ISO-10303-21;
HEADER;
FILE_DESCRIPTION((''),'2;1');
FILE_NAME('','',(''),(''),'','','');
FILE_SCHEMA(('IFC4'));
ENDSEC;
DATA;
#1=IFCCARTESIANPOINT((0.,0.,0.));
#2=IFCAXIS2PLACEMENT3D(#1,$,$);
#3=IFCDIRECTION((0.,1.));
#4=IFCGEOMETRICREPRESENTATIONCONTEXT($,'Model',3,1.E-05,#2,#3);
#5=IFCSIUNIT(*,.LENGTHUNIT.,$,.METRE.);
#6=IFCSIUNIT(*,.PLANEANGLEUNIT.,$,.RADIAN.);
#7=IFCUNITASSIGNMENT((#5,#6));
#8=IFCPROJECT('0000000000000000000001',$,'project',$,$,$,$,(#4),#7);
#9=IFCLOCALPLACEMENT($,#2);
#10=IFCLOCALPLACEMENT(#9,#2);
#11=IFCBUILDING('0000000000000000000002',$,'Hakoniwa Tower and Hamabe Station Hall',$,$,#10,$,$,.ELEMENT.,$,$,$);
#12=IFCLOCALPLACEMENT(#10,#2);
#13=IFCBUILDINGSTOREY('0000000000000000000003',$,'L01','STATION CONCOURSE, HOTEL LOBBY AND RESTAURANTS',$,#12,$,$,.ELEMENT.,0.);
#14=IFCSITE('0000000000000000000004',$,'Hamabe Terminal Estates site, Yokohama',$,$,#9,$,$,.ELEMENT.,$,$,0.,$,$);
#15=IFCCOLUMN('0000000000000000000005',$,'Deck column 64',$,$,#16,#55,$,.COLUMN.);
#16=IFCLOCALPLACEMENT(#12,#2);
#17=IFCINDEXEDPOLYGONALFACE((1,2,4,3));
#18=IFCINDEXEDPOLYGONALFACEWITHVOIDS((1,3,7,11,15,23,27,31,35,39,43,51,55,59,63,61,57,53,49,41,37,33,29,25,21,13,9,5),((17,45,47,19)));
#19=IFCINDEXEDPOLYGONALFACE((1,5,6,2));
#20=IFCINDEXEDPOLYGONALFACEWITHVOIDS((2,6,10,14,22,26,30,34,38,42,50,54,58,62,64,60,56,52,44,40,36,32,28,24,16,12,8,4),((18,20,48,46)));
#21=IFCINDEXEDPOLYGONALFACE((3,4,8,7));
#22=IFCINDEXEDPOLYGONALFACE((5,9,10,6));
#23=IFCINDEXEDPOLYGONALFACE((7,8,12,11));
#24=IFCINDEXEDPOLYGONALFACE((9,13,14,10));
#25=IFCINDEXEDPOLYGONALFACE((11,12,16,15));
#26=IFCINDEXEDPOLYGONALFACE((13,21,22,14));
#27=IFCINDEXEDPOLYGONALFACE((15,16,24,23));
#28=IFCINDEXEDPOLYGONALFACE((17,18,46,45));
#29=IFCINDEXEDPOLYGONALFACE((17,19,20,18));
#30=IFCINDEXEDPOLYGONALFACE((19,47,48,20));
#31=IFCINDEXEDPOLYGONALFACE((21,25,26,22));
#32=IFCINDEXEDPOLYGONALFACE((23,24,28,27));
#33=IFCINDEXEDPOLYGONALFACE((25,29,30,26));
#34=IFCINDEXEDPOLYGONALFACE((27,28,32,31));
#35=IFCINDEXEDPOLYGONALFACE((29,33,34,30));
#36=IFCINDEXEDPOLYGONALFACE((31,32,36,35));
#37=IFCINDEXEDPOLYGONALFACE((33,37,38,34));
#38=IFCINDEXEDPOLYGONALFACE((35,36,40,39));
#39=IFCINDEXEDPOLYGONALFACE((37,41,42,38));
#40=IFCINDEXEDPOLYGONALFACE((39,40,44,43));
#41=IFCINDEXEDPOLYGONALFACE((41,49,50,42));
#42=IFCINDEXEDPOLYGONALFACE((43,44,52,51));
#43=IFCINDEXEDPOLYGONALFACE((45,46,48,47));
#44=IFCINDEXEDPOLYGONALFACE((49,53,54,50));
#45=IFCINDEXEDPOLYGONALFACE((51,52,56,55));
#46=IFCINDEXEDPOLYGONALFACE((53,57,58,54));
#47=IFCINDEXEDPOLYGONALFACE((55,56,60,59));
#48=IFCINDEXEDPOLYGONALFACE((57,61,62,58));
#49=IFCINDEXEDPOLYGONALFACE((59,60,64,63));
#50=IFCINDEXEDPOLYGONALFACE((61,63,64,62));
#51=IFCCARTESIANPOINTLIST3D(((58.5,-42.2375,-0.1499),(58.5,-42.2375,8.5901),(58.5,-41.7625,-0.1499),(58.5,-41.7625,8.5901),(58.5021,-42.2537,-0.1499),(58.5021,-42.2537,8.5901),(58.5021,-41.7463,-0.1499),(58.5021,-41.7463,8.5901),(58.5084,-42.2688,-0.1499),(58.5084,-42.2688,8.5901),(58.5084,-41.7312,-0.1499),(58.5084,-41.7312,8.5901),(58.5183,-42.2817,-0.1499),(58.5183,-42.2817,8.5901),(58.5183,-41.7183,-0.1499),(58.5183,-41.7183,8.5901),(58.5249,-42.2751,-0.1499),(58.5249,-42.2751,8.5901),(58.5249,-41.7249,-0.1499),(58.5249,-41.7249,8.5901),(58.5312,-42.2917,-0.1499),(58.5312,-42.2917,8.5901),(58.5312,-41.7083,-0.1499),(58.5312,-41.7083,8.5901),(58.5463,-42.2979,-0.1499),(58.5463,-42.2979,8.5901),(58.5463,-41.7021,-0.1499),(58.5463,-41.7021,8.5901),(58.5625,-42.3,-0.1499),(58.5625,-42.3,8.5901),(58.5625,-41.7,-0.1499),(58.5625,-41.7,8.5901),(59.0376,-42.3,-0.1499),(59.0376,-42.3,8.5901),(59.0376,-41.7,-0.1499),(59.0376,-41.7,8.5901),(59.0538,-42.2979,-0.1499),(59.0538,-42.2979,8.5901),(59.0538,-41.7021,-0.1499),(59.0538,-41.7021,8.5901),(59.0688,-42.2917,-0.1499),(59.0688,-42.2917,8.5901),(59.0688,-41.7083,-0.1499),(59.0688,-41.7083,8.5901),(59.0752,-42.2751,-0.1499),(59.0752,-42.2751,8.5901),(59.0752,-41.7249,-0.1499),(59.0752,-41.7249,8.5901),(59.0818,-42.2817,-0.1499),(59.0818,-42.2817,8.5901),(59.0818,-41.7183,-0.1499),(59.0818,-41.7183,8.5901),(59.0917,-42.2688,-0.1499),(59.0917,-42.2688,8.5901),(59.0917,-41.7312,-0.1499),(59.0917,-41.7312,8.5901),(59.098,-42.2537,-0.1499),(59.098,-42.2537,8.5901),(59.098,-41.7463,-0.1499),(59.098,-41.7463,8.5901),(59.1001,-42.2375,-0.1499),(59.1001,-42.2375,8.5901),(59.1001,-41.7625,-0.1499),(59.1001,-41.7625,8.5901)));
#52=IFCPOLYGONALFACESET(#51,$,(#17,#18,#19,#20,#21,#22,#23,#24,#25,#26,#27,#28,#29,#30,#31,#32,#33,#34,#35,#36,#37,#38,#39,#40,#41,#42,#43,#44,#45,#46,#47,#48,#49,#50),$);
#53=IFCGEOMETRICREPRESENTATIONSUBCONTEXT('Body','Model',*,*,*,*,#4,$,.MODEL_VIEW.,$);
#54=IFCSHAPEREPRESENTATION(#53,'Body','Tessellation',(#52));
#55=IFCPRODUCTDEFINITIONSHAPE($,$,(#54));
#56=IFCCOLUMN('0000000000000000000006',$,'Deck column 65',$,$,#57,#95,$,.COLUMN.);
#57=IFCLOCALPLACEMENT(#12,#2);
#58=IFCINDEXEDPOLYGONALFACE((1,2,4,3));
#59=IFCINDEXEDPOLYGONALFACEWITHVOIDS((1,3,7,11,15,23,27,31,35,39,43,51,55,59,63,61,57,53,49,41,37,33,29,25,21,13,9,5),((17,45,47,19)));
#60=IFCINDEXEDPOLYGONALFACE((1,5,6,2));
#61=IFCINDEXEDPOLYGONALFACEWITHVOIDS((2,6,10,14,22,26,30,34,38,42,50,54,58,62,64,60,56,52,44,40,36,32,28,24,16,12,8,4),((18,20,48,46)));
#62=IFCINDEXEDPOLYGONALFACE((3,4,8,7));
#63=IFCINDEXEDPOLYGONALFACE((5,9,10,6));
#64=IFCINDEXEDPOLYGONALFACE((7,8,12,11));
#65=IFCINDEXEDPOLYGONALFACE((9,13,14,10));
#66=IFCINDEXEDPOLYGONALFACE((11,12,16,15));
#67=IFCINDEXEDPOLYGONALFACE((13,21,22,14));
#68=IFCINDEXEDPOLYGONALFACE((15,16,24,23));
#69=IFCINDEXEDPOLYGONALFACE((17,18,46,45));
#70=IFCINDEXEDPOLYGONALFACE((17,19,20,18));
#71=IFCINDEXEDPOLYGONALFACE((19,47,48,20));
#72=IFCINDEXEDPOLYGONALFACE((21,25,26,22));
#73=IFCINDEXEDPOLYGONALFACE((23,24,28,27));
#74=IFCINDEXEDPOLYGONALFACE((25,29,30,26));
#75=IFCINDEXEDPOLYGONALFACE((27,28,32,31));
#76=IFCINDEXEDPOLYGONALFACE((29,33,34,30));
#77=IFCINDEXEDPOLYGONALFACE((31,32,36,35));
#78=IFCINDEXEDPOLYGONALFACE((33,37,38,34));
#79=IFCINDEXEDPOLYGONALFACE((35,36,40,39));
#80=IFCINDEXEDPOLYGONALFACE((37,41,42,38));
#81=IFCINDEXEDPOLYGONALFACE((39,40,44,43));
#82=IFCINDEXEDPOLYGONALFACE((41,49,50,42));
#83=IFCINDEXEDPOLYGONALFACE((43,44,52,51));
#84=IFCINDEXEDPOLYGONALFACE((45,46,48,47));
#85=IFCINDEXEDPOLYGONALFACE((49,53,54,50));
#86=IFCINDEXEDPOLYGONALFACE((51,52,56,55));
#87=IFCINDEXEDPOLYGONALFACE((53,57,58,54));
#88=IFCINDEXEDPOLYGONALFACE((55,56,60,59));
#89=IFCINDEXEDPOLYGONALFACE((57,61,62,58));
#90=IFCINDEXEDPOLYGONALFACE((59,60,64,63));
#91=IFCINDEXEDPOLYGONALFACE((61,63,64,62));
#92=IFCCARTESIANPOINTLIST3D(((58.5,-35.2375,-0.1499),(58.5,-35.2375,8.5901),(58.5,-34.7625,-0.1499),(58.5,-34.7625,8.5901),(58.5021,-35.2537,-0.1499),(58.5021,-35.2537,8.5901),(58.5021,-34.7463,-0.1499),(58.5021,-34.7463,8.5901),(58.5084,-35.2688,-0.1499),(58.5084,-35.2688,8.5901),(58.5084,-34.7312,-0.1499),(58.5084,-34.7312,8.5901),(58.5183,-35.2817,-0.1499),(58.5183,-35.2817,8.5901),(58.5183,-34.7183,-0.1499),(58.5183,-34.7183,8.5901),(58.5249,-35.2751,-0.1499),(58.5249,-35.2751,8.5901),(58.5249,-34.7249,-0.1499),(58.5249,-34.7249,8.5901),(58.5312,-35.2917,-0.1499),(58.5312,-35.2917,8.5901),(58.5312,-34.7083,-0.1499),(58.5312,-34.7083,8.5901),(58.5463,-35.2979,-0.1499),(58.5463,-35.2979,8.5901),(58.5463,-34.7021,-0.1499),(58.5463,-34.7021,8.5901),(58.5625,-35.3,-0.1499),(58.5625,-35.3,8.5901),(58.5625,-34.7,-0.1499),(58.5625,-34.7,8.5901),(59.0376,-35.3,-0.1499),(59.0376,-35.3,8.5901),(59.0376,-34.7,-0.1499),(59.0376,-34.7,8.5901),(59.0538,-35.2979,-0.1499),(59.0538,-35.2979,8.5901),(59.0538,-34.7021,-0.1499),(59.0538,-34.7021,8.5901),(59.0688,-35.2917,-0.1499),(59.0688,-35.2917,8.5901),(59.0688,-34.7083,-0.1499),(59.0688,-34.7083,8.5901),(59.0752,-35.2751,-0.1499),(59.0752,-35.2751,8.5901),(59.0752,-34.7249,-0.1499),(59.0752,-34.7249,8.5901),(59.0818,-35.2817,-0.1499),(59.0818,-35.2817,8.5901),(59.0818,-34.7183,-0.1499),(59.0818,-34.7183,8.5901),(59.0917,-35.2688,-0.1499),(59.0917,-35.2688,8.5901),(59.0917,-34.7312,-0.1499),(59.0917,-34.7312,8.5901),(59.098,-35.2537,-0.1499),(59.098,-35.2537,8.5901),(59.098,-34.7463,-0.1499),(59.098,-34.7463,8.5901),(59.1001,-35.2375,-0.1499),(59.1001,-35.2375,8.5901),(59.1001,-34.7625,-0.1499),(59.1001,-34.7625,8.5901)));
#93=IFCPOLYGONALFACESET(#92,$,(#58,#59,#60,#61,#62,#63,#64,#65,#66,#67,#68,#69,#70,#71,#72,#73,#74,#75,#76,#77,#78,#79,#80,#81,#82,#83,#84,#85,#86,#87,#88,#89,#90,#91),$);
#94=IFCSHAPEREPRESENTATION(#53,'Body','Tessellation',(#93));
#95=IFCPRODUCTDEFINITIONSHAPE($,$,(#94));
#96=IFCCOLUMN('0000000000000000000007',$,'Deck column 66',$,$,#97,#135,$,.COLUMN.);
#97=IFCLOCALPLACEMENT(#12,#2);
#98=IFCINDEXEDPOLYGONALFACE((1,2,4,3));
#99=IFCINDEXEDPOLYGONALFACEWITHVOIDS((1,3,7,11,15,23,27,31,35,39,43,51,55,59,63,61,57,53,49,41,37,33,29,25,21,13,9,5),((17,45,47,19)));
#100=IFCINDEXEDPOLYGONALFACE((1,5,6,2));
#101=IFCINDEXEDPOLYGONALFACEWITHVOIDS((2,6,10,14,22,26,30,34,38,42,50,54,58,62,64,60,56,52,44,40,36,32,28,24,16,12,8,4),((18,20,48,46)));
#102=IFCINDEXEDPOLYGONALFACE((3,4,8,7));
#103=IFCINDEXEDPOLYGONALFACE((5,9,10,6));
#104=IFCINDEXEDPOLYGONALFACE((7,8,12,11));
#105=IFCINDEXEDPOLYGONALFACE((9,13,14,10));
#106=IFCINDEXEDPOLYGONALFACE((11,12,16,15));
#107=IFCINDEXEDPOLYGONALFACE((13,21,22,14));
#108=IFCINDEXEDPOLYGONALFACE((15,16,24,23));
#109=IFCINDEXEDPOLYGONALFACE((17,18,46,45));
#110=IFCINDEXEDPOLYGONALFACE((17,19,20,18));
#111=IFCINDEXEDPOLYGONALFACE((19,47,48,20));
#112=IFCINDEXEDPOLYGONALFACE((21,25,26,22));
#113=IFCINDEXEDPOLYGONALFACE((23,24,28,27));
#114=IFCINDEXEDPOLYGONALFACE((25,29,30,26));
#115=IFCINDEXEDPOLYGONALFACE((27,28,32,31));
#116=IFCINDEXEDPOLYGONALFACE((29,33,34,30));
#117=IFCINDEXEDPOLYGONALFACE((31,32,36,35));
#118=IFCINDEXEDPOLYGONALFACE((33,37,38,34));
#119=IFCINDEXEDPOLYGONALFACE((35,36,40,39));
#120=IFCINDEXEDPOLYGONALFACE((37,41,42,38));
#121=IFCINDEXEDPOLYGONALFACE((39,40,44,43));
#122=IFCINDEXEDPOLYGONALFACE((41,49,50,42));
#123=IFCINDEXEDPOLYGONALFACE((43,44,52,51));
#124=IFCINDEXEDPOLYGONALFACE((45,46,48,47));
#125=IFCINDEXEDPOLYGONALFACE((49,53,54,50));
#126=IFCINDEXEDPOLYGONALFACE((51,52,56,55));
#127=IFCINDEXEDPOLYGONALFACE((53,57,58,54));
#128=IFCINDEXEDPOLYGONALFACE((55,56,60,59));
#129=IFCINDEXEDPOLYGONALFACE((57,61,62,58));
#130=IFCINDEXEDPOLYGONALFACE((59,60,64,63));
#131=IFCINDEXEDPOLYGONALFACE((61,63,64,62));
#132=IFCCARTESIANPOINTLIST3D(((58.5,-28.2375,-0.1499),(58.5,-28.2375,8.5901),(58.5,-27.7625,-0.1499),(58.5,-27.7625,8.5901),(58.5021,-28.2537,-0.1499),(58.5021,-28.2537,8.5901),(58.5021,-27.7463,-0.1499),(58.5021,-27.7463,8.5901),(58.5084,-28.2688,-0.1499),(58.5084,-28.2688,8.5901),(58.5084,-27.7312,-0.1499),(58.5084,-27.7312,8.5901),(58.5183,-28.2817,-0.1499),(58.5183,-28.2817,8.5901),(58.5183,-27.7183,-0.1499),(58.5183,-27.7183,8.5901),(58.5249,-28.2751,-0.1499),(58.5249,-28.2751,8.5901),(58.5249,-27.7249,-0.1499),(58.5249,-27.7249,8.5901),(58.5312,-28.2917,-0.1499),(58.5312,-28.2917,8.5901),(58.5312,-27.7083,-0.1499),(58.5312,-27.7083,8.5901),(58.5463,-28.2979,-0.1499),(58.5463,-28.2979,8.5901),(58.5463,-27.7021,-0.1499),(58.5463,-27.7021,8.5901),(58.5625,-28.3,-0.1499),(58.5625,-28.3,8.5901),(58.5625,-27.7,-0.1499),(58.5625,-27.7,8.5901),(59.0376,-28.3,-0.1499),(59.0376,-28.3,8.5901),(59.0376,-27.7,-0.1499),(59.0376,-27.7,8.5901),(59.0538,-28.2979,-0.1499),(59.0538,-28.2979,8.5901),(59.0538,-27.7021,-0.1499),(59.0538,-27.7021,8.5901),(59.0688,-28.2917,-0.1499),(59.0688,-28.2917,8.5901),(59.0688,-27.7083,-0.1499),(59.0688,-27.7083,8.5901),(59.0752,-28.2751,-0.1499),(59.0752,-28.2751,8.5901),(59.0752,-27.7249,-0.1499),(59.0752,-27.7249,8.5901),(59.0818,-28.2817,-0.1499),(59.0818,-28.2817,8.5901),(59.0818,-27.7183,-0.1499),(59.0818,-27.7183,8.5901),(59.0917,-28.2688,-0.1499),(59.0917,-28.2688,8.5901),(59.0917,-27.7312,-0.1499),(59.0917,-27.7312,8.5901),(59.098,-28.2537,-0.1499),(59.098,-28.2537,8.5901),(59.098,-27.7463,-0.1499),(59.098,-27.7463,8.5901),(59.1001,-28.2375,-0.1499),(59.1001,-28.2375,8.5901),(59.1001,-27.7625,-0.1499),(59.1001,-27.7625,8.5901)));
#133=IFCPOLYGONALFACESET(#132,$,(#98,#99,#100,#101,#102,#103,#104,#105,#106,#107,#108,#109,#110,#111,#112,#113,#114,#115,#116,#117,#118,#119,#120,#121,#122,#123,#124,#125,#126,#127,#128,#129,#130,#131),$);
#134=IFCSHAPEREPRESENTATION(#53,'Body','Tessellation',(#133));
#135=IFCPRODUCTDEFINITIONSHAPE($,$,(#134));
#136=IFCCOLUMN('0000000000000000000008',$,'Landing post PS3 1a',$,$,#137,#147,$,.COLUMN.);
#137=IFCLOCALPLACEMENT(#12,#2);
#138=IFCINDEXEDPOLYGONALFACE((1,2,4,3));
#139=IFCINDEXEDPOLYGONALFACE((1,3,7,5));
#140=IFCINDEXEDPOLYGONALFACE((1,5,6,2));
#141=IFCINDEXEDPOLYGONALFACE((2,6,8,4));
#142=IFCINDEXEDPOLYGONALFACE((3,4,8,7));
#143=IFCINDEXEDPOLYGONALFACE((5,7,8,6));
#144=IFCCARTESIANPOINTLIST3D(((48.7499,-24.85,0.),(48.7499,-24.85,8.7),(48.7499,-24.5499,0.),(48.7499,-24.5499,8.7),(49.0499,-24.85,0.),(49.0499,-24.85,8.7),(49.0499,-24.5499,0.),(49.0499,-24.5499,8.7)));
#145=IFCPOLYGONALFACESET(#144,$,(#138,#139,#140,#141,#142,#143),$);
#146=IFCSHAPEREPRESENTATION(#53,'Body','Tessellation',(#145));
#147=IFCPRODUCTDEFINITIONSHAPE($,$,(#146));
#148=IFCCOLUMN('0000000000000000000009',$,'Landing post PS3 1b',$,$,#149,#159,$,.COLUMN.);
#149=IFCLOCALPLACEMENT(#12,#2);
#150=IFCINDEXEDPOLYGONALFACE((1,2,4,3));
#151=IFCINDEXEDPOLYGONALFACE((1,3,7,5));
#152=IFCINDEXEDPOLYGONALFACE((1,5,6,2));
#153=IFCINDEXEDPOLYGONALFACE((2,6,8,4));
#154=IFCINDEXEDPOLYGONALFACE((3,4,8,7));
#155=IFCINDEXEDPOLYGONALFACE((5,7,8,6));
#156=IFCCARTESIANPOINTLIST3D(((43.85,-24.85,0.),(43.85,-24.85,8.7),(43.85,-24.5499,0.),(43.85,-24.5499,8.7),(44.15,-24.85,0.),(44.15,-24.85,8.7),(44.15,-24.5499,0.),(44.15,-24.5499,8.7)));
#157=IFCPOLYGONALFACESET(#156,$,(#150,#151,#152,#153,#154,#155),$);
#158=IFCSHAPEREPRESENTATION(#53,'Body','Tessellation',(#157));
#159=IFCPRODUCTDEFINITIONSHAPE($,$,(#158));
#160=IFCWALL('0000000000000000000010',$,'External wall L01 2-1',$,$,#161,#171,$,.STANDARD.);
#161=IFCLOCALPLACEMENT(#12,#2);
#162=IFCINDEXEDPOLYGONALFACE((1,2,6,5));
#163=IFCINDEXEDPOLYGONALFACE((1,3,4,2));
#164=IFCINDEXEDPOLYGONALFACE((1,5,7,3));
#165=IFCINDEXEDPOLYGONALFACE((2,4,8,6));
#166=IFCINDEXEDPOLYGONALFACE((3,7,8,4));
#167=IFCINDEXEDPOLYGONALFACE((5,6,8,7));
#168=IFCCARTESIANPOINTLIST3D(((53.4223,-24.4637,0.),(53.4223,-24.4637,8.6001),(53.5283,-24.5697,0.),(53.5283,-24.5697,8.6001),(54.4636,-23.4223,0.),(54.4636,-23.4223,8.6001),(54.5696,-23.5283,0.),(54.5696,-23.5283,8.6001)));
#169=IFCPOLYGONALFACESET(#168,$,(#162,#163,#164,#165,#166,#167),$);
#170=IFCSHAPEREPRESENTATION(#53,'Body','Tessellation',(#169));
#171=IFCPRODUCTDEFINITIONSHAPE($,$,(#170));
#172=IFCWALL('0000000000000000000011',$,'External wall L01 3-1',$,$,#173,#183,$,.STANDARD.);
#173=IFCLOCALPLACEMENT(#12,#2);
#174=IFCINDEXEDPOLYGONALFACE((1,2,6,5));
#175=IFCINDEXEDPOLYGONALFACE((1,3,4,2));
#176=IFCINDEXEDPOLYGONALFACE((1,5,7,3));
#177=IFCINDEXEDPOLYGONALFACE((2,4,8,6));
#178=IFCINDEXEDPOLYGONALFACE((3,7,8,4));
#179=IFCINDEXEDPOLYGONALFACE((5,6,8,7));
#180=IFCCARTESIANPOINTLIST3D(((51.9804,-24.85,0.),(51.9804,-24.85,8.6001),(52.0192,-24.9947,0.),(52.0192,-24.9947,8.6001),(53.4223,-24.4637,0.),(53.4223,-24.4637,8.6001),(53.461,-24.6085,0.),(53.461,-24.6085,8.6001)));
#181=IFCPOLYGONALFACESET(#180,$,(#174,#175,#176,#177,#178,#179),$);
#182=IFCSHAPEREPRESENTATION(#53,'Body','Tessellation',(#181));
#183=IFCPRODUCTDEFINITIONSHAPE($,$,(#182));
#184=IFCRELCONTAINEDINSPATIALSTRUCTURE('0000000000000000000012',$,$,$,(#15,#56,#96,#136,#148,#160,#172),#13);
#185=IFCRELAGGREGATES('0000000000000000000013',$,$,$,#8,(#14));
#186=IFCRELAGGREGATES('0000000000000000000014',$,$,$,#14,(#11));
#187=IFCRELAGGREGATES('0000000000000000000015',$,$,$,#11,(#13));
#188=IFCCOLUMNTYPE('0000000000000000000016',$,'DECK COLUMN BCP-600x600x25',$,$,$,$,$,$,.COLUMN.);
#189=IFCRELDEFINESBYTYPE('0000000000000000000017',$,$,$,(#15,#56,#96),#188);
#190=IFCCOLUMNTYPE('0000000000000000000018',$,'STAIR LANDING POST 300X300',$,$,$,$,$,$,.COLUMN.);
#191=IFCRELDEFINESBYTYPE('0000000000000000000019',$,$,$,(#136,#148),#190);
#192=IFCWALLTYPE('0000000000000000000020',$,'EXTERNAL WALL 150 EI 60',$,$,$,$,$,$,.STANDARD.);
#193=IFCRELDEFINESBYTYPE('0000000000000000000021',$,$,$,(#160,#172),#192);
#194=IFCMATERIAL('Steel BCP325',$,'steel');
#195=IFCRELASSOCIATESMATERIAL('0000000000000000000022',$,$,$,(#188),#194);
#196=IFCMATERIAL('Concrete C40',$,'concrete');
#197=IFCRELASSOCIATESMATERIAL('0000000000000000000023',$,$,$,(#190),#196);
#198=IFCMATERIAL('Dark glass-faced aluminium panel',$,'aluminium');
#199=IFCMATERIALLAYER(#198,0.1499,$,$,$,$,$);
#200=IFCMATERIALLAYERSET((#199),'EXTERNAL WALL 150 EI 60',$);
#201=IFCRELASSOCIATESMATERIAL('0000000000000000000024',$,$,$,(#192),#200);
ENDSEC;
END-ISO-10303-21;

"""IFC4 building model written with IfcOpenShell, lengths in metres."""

from ifc_helpers import new_model, si_unit, direction, frame, frame_2d, origin, origin_2d, place, context, subcontext, project, spatial, rectangle, hollow_rectangle, extrude, material, layer, layer_set, material_profile, profile_set, type_object, element, save


model = new_model("IFC4")

# Units and contexts
model_context = context("Model", 3, precision=1e-05, world=origin(), true_north=direction((0.0, 1.0)))
body_context = subcontext(model_context, "Body", "Model", "MODEL_VIEW")
ifc_project = project(units=[si_unit("LENGTHUNIT", "METRE"), si_unit("PLANEANGLEUNIT", "RADIAN")], contexts=[model_context])

# Site, building, storey
site_placement = place(None, origin())
site = spatial("IfcSite", under=ifc_project, at=site_placement, Name="Hamabe Terminal Estates site, Yokohama", CompositionType="ELEMENT", RefElevation=0.0)
building_placement = place(site_placement, origin())
building = spatial("IfcBuilding", under=site, at=building_placement, Name="Hakoniwa Tower and Hamabe Station Hall", CompositionType="ELEMENT")
storey_placement = place(building_placement, origin())
storey = spatial("IfcBuildingStorey", under=building, at=storey_placement, Name="L01", Description="STATION CONCOURSE, HOTEL LOBBY AND RESTAURANTS", CompositionType="ELEMENT", Elevation=0.0)

# Columns
ifc_material_1 = material(Name="Steel BCP325", Category="steel")
ifc_material_profile_1 = material_profile(ifc_material_1, hollow_rectangle(XDim=0.6001, YDim=0.6001, WallThickness=0.0249, OuterFilletRadius=0.0625, at=origin_2d()), Name="DECK COLUMN BCP-600x600x25")
ifc_profile_set_1 = profile_set([ifc_material_profile_1], Name="Steel BCP325")
column_type_1 = type_object("IfcColumnType", Name="DECK COLUMN BCP-600x600x25", PredefinedType="COLUMN", material=ifc_profile_set_1)
for number, where, z_axis, x_axis, name in (
    (1, (58.8, -42.0, -0.1499), (0.0, 0.0, 1.0), (1.0, 0.0, 0.0), "Deck column 64"),
    (2, (58.8, -35.0, -0.1499), (0.0, 0.0, 1.0), (1.0, 0.0, 0.0), "Deck column 65"),
    (3, (58.8, -28.0, -0.1499), (0.0, 0.0, 1.0), (1.0, 0.0, 0.0), "Deck column 66"),
):
    element("IfcColumn", number, at=place(storey_placement, frame(where, z_axis=z_axis, x_axis=x_axis)), inside=storey, type_object=column_type_1, Name=name, PredefinedType="COLUMN", context=body_context, shape_type="SweptSolid", body=[
        extrude(hollow_rectangle(XDim=0.6001, YDim=0.6001, WallThickness=0.0249, OuterFilletRadius=0.0625, at=origin_2d()), origin(), (0.0, 0.0, 1.0), 8.74),
    ])
ifc_material_2 = material(Name="Concrete C40", Category="concrete")
ifc_material_profile_2 = material_profile(ifc_material_2, rectangle(XDim=0.3, YDim=0.3, at=origin_2d()), Name="STAIR LANDING POST 300X300")
ifc_profile_set_2 = profile_set([ifc_material_profile_2], Name="Concrete C40")
column_type_2 = type_object("IfcColumnType", Name="STAIR LANDING POST 300X300", PredefinedType="COLUMN", material=ifc_profile_set_2)
for number, where, z_axis, x_axis, name in (
    (4, (48.8999, -24.7, 0.0), (0.0, 0.0, 1.0), (1.0, 0.0, 0.0), "Landing post PS3 1a"),
    (5, (44.0, -24.7, 0.0), (0.0, 0.0, 1.0), (1.0, 0.0, 0.0), "Landing post PS3 1b"),
):
    element("IfcColumn", number, at=place(storey_placement, frame(where, z_axis=z_axis, x_axis=x_axis)), inside=storey, type_object=column_type_2, Name=name, PredefinedType="COLUMN", context=body_context, shape_type="SweptSolid", body=[
        extrude(rectangle(XDim=0.3, YDim=0.3, at=origin_2d()), origin(), (0.0, 0.0, 1.0), 8.7),
    ])

# Walls
ifc_material_3 = material(Name="Dark glass-faced aluminium panel", Category="aluminium")
ifc_layer_1 = layer(ifc_material_3, 0.1499)
ifc_layer_set_1 = layer_set([ifc_layer_1], Name="EXTERNAL WALL 150 EI 60")
wall_type_1 = type_object("IfcWallType", Name="EXTERNAL WALL 150 EI 60", PredefinedType="STANDARD", material=ifc_layer_set_1)
wall_1_placement = place(storey_placement, frame((54.5166, -23.4753, 0.0), z_axis=(0.0, 0.0, 1.0), x_axis=(-0.707107, -0.707107, 0.0)))
element("IfcWall", 6, at=wall_1_placement, inside=storey, type_object=wall_type_1, Name="External wall L01 2-1", PredefinedType="STANDARD", context=body_context, shape_type="SweptSolid", body=[
    extrude(rectangle(XDim=1.4727, YDim=0.1499, at=frame_2d((0.7363, 0.0))), origin(), (0.0, 0.0, 1.0), 8.6001),
])
wall_2_placement = place(storey_placement, frame((53.4417, -24.5361, 0.0), z_axis=(0.0, 0.0, 1.0), x_axis=(-0.965947, -0.258742, 0.0)))
element("IfcWall", 7, at=wall_2_placement, inside=storey, type_object=wall_type_1, Name="External wall L01 3-1", PredefinedType="STANDARD", context=body_context, shape_type="SweptSolid", body=[
    extrude(rectangle(XDim=1.4927, YDim=0.1499, at=frame_2d((0.7463, 0.0))), origin(), (0.0, 0.0, 1.0), 8.6001),
])

save(model, "model.ifc")
